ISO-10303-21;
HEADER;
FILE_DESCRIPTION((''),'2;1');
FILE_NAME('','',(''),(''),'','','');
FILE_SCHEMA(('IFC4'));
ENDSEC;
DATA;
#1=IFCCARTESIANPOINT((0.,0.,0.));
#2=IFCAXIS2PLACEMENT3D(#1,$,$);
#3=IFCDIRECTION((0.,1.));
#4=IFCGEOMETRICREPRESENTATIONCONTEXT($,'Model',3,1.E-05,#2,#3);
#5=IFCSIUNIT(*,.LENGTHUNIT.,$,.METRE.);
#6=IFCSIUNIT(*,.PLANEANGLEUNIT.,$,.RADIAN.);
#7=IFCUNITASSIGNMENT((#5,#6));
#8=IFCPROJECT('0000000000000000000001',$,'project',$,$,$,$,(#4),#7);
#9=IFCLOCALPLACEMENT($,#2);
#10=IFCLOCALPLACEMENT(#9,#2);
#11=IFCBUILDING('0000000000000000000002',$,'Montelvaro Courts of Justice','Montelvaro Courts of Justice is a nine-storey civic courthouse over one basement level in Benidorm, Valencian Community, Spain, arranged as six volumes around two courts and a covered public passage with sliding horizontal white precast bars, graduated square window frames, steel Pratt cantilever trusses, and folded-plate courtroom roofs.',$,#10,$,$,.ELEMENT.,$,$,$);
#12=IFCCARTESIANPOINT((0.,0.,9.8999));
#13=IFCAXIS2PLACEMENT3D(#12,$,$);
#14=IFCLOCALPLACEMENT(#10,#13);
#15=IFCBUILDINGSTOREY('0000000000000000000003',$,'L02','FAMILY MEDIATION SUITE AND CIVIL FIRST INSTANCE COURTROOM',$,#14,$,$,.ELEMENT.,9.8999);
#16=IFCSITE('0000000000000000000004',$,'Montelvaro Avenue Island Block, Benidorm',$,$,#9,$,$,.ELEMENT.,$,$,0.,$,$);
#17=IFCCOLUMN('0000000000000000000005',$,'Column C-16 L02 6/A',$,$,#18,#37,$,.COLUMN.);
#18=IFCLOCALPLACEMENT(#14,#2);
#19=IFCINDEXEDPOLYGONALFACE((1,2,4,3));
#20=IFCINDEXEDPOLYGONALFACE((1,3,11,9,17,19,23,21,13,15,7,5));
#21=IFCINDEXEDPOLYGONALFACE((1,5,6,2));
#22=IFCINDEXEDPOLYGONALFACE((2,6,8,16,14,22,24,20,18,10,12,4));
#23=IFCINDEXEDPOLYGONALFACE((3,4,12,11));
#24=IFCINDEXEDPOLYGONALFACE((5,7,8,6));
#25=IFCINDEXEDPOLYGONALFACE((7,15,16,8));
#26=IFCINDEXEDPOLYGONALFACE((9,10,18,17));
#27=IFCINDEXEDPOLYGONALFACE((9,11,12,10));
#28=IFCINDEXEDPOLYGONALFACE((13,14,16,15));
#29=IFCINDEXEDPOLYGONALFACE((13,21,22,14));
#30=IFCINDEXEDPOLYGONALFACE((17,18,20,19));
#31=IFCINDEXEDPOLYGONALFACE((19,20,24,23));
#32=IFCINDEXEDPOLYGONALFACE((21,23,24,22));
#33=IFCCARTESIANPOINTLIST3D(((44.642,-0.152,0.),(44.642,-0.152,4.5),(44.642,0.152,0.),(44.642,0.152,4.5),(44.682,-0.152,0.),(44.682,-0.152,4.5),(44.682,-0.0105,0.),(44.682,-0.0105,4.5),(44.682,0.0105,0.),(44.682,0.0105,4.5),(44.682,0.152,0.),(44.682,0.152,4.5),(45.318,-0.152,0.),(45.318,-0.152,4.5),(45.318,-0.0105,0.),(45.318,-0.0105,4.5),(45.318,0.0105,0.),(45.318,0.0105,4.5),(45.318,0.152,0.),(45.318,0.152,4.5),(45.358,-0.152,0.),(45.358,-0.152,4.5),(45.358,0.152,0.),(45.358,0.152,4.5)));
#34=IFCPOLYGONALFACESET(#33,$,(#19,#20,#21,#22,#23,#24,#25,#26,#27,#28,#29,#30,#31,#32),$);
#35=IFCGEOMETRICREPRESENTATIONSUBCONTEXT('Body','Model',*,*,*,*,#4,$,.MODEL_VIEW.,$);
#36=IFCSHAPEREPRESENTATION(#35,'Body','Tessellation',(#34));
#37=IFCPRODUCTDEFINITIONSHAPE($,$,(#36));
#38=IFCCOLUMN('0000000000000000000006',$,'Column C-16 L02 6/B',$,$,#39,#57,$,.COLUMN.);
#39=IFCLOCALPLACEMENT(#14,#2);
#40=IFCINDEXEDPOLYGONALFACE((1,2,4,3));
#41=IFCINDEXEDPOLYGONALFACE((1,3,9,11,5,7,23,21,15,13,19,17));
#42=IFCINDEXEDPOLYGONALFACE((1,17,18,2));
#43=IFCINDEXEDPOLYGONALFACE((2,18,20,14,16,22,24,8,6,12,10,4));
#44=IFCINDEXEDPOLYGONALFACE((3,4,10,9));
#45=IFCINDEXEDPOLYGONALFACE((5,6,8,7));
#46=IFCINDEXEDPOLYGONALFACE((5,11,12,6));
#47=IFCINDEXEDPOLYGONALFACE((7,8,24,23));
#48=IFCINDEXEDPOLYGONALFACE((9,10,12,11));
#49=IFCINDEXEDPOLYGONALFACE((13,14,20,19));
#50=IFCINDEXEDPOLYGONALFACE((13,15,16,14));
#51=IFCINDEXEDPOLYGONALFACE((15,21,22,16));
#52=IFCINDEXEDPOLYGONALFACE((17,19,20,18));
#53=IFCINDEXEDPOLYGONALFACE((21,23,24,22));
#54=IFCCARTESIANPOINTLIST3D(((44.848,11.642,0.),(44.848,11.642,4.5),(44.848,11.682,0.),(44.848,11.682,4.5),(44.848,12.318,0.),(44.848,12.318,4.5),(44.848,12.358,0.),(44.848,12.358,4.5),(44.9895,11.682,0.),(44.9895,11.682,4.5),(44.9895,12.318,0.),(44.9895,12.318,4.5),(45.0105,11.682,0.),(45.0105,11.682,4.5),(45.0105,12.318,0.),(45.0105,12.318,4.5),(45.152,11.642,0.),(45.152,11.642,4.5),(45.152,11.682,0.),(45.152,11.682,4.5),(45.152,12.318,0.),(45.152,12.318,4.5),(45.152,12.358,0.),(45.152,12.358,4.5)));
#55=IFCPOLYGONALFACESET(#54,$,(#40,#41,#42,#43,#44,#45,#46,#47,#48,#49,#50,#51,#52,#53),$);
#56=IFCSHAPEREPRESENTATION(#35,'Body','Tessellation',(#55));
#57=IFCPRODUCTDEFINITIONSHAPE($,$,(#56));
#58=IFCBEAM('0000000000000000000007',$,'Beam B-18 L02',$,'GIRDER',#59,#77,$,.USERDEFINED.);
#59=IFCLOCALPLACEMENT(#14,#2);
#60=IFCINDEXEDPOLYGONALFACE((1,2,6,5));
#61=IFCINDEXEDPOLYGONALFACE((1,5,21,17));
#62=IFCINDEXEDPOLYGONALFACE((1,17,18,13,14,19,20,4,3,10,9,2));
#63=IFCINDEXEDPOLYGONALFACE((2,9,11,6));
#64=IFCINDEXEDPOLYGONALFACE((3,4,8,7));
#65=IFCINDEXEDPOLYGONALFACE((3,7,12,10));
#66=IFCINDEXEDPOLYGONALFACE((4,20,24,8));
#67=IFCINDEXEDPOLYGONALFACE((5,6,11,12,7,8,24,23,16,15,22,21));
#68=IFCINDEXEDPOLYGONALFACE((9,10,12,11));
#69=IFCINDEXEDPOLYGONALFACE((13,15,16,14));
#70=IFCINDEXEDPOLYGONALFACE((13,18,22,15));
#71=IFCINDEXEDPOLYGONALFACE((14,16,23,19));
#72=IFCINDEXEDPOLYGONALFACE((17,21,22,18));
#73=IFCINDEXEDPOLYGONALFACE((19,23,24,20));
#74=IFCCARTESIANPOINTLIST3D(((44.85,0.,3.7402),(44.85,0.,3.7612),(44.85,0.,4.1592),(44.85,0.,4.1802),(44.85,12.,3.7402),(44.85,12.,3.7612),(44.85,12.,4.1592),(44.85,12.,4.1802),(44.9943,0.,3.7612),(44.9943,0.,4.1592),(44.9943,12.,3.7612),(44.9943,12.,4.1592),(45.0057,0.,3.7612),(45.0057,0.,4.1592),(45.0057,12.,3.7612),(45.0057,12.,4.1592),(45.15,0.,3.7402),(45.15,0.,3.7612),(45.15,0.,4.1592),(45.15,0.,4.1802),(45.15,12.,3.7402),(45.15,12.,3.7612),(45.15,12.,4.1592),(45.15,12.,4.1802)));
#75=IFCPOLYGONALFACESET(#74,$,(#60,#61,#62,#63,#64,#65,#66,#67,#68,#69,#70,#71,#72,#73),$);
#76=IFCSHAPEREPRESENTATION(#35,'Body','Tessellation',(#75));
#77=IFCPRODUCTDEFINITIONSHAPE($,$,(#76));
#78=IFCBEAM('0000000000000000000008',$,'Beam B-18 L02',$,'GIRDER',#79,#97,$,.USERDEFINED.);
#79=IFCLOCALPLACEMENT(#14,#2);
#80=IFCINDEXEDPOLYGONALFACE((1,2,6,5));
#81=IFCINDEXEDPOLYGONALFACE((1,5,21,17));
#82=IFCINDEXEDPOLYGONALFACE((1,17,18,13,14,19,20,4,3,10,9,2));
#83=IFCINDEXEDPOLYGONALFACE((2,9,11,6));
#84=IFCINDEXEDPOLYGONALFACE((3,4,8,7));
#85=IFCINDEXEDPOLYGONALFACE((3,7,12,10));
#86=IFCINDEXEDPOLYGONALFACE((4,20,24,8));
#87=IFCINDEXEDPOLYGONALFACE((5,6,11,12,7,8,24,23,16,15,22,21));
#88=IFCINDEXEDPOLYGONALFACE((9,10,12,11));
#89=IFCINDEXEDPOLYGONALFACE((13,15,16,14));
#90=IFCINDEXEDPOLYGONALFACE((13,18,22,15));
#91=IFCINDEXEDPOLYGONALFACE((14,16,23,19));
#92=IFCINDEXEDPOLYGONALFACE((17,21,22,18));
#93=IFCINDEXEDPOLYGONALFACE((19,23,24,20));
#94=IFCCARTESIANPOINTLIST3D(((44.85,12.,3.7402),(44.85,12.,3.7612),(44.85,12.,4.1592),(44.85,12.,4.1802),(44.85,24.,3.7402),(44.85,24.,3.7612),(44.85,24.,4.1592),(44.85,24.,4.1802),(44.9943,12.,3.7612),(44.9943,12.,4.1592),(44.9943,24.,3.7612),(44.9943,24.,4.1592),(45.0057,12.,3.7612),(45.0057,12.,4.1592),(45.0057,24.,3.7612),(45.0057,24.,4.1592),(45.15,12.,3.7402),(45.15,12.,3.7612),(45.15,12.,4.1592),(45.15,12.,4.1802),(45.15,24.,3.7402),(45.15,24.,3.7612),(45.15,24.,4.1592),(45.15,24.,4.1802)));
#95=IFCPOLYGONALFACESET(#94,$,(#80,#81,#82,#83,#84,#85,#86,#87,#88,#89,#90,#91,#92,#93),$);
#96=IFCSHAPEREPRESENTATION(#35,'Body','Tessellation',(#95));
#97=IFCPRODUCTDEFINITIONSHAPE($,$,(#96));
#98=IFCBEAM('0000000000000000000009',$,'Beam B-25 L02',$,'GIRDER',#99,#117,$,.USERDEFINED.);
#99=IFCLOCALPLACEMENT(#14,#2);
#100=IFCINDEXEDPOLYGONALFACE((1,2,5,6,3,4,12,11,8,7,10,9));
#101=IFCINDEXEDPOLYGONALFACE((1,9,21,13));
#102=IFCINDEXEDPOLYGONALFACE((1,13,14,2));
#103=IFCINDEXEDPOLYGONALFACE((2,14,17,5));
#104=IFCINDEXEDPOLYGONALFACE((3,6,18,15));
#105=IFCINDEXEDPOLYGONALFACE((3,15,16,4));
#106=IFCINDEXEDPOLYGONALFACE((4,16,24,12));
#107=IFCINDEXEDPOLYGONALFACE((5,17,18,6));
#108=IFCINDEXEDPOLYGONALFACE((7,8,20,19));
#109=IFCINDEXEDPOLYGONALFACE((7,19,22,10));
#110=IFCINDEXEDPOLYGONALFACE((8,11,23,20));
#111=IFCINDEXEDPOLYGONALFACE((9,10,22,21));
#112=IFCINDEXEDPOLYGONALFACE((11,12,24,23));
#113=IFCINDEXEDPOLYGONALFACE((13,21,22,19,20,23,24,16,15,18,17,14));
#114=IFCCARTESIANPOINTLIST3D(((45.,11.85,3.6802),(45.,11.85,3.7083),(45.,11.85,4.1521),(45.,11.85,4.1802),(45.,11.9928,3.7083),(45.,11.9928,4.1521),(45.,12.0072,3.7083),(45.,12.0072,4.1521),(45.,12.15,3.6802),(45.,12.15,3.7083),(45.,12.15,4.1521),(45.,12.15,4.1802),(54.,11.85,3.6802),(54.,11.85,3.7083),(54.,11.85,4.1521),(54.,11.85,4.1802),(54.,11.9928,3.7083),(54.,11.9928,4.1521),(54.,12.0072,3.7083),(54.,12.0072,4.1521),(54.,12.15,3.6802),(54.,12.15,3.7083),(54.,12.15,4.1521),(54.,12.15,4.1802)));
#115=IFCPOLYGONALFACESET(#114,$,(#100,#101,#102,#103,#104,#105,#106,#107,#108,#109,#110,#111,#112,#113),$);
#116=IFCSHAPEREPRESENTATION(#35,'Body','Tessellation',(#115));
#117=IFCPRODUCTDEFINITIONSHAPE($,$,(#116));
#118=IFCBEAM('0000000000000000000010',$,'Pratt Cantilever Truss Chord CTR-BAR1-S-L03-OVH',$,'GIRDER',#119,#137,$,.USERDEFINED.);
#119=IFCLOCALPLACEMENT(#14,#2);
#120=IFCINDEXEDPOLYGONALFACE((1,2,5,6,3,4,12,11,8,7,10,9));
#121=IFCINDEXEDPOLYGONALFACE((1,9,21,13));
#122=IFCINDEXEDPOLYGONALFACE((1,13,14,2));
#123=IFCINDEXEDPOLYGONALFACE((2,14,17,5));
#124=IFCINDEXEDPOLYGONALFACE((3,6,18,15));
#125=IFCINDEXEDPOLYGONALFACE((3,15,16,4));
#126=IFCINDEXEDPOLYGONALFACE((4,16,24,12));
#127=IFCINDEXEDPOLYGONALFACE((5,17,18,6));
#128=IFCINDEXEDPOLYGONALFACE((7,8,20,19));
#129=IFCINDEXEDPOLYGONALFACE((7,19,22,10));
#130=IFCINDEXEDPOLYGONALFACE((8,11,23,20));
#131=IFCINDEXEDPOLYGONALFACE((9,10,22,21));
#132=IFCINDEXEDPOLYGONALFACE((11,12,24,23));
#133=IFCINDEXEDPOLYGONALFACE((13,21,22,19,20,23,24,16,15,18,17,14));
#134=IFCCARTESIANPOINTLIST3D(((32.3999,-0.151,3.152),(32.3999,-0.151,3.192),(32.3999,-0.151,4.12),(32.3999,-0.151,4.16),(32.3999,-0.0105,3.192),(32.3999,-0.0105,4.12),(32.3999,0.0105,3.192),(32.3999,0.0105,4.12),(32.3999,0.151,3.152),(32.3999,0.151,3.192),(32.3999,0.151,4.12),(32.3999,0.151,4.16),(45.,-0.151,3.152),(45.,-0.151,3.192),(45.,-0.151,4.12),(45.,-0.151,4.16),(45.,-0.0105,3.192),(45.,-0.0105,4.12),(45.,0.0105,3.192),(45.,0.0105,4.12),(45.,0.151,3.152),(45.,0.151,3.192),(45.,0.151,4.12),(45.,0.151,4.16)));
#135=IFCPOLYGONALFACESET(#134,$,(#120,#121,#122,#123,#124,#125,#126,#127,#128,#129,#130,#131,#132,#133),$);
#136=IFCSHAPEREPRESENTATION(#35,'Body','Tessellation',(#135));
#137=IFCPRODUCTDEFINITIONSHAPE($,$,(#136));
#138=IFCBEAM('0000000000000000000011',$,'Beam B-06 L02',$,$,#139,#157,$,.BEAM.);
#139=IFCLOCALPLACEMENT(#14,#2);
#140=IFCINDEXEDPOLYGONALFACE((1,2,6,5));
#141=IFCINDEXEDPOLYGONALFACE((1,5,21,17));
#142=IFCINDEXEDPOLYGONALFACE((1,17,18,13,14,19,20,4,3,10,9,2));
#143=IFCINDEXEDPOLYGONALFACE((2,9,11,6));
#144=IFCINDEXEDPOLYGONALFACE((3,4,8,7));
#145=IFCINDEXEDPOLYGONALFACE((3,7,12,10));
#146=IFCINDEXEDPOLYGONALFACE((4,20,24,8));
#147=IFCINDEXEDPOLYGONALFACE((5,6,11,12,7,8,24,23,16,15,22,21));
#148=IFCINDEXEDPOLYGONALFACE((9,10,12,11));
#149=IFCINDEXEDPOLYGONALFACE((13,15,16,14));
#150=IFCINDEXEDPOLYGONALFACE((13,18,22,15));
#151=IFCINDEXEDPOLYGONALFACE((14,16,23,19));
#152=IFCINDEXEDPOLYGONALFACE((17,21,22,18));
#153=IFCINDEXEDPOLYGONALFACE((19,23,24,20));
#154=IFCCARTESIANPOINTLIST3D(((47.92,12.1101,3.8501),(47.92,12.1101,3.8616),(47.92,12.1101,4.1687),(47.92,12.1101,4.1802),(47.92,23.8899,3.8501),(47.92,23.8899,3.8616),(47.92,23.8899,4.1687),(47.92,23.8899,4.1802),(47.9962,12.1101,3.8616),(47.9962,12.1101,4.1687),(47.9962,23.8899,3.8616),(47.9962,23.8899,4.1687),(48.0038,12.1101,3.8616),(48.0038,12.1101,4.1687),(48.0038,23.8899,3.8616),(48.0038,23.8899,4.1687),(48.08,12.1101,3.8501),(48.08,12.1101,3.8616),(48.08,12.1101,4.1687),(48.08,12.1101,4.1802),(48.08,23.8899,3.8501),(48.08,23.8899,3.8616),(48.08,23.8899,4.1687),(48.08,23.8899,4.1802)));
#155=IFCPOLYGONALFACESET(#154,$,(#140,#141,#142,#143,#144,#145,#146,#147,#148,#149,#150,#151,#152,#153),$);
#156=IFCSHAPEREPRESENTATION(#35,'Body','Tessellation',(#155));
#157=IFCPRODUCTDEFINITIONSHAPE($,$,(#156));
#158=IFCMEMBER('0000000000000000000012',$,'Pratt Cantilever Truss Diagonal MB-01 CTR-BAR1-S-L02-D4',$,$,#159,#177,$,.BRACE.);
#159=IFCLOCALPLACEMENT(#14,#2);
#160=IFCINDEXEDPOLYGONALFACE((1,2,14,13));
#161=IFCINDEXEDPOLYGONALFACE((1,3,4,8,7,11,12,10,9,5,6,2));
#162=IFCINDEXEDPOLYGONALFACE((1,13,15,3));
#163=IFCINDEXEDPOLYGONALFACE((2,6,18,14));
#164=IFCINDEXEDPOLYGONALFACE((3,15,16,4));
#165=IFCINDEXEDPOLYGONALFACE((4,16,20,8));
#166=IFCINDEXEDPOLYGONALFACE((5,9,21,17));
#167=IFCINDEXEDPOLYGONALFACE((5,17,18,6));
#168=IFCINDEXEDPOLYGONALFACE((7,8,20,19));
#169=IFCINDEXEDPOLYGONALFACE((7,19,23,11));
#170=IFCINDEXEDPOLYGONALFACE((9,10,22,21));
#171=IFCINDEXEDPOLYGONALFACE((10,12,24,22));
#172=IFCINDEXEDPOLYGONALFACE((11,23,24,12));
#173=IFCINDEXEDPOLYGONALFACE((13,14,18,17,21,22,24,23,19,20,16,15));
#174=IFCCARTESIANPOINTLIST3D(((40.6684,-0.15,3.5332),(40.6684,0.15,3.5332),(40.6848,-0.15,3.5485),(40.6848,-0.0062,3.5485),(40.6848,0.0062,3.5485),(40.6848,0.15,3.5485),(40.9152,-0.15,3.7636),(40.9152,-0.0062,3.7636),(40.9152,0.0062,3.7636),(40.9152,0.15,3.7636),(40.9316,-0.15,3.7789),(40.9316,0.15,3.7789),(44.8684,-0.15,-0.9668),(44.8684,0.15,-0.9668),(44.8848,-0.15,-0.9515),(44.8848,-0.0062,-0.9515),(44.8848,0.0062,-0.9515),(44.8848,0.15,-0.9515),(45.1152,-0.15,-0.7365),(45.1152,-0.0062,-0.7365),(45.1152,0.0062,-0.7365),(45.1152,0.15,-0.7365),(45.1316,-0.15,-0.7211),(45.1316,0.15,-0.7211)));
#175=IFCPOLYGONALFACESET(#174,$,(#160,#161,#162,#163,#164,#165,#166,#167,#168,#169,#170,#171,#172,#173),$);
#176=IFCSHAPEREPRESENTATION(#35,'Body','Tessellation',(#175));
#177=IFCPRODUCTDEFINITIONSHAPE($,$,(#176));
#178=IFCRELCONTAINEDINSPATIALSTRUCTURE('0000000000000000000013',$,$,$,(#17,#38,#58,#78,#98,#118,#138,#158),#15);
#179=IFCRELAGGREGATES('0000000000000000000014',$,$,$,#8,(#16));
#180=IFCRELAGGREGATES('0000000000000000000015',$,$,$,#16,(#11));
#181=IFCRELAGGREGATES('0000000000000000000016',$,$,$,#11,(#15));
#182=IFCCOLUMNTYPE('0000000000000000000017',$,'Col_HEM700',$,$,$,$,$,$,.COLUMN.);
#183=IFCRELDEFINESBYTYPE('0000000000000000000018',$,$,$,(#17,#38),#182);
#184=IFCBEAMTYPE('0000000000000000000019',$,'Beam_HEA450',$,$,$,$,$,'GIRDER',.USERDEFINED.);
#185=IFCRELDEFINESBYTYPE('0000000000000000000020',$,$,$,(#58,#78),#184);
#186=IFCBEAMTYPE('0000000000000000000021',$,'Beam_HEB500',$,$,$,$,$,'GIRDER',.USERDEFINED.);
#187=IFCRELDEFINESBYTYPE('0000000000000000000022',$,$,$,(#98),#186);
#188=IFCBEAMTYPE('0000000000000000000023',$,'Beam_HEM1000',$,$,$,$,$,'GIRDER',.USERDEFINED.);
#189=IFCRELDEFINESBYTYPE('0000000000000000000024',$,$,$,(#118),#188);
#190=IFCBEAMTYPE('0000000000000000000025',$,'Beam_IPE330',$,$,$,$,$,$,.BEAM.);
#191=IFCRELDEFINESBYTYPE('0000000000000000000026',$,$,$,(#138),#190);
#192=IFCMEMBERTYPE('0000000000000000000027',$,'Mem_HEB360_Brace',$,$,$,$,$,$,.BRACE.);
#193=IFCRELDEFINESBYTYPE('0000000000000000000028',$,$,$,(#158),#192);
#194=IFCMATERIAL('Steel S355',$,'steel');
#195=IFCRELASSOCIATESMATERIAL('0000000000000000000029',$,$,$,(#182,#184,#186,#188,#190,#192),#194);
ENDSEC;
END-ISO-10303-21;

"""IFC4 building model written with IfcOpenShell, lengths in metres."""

from ifc_helpers import new_model, si_unit, direction, frame, origin, origin_2d, place, context, subcontext, project, spatial, i_section, extrude, material, material_profile, profile_set, type_object, element, save


model = new_model("IFC4")

# Units and contexts
model_context = context("Model", 3, precision=1e-05, world=origin(), true_north=direction((0.0, 1.0)))
body_context = subcontext(model_context, "Body", "Model", "MODEL_VIEW")
ifc_project = project(units=[si_unit("LENGTHUNIT", "METRE"), si_unit("PLANEANGLEUNIT", "RADIAN")], contexts=[model_context])

# Site, building, storey
site_placement = place(None, origin())
site = spatial("IfcSite", under=ifc_project, at=site_placement, Name="Montelvaro Avenue Island Block, Benidorm", CompositionType="ELEMENT", RefElevation=0.0)
building_placement = place(site_placement, origin())
building = spatial("IfcBuilding", under=site, at=building_placement, Name="Montelvaro Courts of Justice", Description="Montelvaro Courts of Justice is a nine-storey civic courthouse over one basement level in Benidorm, Valencian Community, Spain, arranged as six volumes around two courts and a covered public passage with sliding horizontal white precast bars, graduated square window frames, steel Pratt cantilever trusses, and folded-plate courtroom roofs.", CompositionType="ELEMENT")
storey_placement = place(building_placement, frame((0.0, 0.0, 9.8999)))
storey = spatial("IfcBuildingStorey", under=building, at=storey_placement, Name="L02", Description="FAMILY MEDIATION SUITE AND CIVIL FIRST INSTANCE COURTROOM", CompositionType="ELEMENT", Elevation=9.8999)

# Columns
ifc_material_1 = material(Name="Steel S355", Category="steel")
ifc_material_profile_1 = material_profile(ifc_material_1, i_section(OverallWidth=0.304, OverallDepth=0.7161, WebThickness=0.021, FlangeThickness=0.04, at=origin_2d()), Name="HEM 700")
ifc_profile_set_1 = profile_set([ifc_material_profile_1], Name="Steel S355")
column_type = type_object("IfcColumnType", Name="Col_HEM700", PredefinedType="COLUMN", material=ifc_profile_set_1)
for number, where, z_axis, x_axis, name in (
    (1, (45.0, 0.0, 0.0), (0.0, 0.0, 1.0), (0.0, 1.0, 0.0), "Column C-16 L02 6/A"),
    (2, (45.0, 12.0, 0.0), (0.0, 0.0, 1.0), (1.0, 0.0, 0.0), "Column C-16 L02 6/B"),
):
    element("IfcColumn", number, at=place(storey_placement, frame(where, z_axis=z_axis, x_axis=x_axis)), inside=storey, type_object=column_type, Name=name, PredefinedType="COLUMN", context=body_context, shape_type="SweptSolid", body=[
        extrude(i_section(OverallWidth=0.304, OverallDepth=0.7161, WebThickness=0.021, FlangeThickness=0.04, at=origin_2d()), origin(), (0.0, 0.0, 1.0), 4.5),
    ])

# Beams
ifc_material_profile_2 = material_profile(ifc_material_1, i_section(OverallWidth=0.3, OverallDepth=0.4399, WebThickness=0.0115, FlangeThickness=0.021, at=origin_2d()), Name="HEA 450")
ifc_profile_set_2 = profile_set([ifc_material_profile_2], Name="Steel S355")
beam_type_1 = type_object("IfcBeamType", Name="Beam_HEA450", ElementType="GIRDER", PredefinedType="USERDEFINED", material=ifc_profile_set_2)
for number, where, z_axis, x_axis, name in (
    (3, (45.0, 0.0, 3.9602), (0.0, 1.0, 0.0), (-1.0, 0.0, 0.0), "Beam B-18 L02"),
    (4, (45.0, 12.0, 3.9602), (0.0, 1.0, 0.0), (-1.0, 0.0, 0.0), "Beam B-18 L02"),
):
    element("IfcBeam", number, at=place(storey_placement, frame(where, z_axis=z_axis, x_axis=x_axis)), inside=storey, type_object=beam_type_1, Name=name, ObjectType="GIRDER", PredefinedType="USERDEFINED", context=body_context, shape_type="SweptSolid", body=[
        extrude(i_section(OverallWidth=0.3, OverallDepth=0.4399, WebThickness=0.0115, FlangeThickness=0.021, at=origin_2d()), origin(), (0.0, 0.0, 1.0), 12.0),
    ])
ifc_material_profile_3 = material_profile(ifc_material_1, i_section(OverallWidth=0.3, OverallDepth=0.5, WebThickness=0.0144, FlangeThickness=0.0281, at=origin_2d()), Name="HEB 500")
ifc_profile_set_3 = profile_set([ifc_material_profile_3], Name="Steel S355")
beam_type_2 = type_object("IfcBeamType", Name="Beam_HEB500", ElementType="GIRDER", PredefinedType="USERDEFINED", material=ifc_profile_set_3)
beam_1_placement = place(storey_placement, frame((45.0, 12.0, 3.9302), z_axis=(1.0, 0.0, 0.0), x_axis=(0.0, 1.0, 0.0)))
element("IfcBeam", 5, at=beam_1_placement, inside=storey, type_object=beam_type_2, Name="Beam B-25 L02", ObjectType="GIRDER", PredefinedType="USERDEFINED", context=body_context, shape_type="SweptSolid", body=[
    extrude(i_section(OverallWidth=0.3, OverallDepth=0.5, WebThickness=0.0144, FlangeThickness=0.0281, at=origin_2d()), origin(), (0.0, 0.0, 1.0), 9.0),
])
ifc_material_profile_4 = material_profile(ifc_material_1, i_section(OverallWidth=0.302, OverallDepth=1.0081, WebThickness=0.021, FlangeThickness=0.04, at=origin_2d()), Name="HEM 1000")
ifc_profile_set_4 = profile_set([ifc_material_profile_4], Name="Steel S355")
beam_type_3 = type_object("IfcBeamType", Name="Beam_HEM1000", ElementType="GIRDER", PredefinedType="USERDEFINED", material=ifc_profile_set_4)
beam_2_placement = place(storey_placement, frame((45.0, 0.0, 3.656), z_axis=(-1.0, 0.0, 0.0), x_axis=(0.0, -1.0, 0.0)))
element("IfcBeam", 6, at=beam_2_placement, inside=storey, type_object=beam_type_3, Name="Pratt Cantilever Truss Chord CTR-BAR1-S-L03-OVH", ObjectType="GIRDER", PredefinedType="USERDEFINED", context=body_context, shape_type="SweptSolid", body=[
    extrude(i_section(OverallWidth=0.302, OverallDepth=1.0081, WebThickness=0.021, FlangeThickness=0.04, at=origin_2d()), origin(), (0.0, 0.0, 1.0), 12.6001),
])
ifc_material_profile_5 = material_profile(ifc_material_1, i_section(OverallWidth=0.1599, OverallDepth=0.3301, WebThickness=0.0076, FlangeThickness=0.0115, at=origin_2d()), Name="IPE 330")
ifc_profile_set_5 = profile_set([ifc_material_profile_5], Name="Steel S355")
beam_type_4 = type_object("IfcBeamType", Name="Beam_IPE330", PredefinedType="BEAM", material=ifc_profile_set_5)
beam_3_placement = place(storey_placement, frame((48.0, 12.1101, 4.0151), z_axis=(0.0, 1.0, 0.0), x_axis=(-1.0, 0.0, 0.0)))
element("IfcBeam", 7, at=beam_3_placement, inside=storey, type_object=beam_type_4, Name="Beam B-06 L02", PredefinedType="BEAM", context=body_context, shape_type="SweptSolid", body=[
    extrude(i_section(OverallWidth=0.1599, OverallDepth=0.3301, WebThickness=0.0076, FlangeThickness=0.0115, at=origin_2d()), origin(), (0.0, 0.0, 1.0), 11.7798),
])

# Member
ifc_material_profile_6 = material_profile(ifc_material_1, i_section(OverallWidth=0.3, OverallDepth=0.3601, WebThickness=0.0125, FlangeThickness=0.0225, at=origin_2d()), Name="HEB 360")
ifc_profile_set_6 = profile_set([ifc_material_profile_6], Name="Steel S355")
member_type = type_object("IfcMemberType", Name="Mem_HEB360_Brace", PredefinedType="BRACE", material=ifc_profile_set_6)
member_placement = place(storey_placement, frame((45.0, 0.0, -0.844), z_axis=(-0.682314, 0.0, 0.731059), x_axis=(0.0, -1.0, 0.0)))
element("IfcMember", 8, at=member_placement, inside=storey, type_object=member_type, Name="Pratt Cantilever Truss Diagonal MB-01 CTR-BAR1-S-L02-D4", PredefinedType="BRACE", context=body_context, shape_type="SweptSolid", body=[
    extrude(i_section(OverallWidth=0.3, OverallDepth=0.3601, WebThickness=0.0125, FlangeThickness=0.0225, at=origin_2d()), origin(), (0.0, 0.0, 1.0), 6.1555),
])

save(model, "model.ifc")
